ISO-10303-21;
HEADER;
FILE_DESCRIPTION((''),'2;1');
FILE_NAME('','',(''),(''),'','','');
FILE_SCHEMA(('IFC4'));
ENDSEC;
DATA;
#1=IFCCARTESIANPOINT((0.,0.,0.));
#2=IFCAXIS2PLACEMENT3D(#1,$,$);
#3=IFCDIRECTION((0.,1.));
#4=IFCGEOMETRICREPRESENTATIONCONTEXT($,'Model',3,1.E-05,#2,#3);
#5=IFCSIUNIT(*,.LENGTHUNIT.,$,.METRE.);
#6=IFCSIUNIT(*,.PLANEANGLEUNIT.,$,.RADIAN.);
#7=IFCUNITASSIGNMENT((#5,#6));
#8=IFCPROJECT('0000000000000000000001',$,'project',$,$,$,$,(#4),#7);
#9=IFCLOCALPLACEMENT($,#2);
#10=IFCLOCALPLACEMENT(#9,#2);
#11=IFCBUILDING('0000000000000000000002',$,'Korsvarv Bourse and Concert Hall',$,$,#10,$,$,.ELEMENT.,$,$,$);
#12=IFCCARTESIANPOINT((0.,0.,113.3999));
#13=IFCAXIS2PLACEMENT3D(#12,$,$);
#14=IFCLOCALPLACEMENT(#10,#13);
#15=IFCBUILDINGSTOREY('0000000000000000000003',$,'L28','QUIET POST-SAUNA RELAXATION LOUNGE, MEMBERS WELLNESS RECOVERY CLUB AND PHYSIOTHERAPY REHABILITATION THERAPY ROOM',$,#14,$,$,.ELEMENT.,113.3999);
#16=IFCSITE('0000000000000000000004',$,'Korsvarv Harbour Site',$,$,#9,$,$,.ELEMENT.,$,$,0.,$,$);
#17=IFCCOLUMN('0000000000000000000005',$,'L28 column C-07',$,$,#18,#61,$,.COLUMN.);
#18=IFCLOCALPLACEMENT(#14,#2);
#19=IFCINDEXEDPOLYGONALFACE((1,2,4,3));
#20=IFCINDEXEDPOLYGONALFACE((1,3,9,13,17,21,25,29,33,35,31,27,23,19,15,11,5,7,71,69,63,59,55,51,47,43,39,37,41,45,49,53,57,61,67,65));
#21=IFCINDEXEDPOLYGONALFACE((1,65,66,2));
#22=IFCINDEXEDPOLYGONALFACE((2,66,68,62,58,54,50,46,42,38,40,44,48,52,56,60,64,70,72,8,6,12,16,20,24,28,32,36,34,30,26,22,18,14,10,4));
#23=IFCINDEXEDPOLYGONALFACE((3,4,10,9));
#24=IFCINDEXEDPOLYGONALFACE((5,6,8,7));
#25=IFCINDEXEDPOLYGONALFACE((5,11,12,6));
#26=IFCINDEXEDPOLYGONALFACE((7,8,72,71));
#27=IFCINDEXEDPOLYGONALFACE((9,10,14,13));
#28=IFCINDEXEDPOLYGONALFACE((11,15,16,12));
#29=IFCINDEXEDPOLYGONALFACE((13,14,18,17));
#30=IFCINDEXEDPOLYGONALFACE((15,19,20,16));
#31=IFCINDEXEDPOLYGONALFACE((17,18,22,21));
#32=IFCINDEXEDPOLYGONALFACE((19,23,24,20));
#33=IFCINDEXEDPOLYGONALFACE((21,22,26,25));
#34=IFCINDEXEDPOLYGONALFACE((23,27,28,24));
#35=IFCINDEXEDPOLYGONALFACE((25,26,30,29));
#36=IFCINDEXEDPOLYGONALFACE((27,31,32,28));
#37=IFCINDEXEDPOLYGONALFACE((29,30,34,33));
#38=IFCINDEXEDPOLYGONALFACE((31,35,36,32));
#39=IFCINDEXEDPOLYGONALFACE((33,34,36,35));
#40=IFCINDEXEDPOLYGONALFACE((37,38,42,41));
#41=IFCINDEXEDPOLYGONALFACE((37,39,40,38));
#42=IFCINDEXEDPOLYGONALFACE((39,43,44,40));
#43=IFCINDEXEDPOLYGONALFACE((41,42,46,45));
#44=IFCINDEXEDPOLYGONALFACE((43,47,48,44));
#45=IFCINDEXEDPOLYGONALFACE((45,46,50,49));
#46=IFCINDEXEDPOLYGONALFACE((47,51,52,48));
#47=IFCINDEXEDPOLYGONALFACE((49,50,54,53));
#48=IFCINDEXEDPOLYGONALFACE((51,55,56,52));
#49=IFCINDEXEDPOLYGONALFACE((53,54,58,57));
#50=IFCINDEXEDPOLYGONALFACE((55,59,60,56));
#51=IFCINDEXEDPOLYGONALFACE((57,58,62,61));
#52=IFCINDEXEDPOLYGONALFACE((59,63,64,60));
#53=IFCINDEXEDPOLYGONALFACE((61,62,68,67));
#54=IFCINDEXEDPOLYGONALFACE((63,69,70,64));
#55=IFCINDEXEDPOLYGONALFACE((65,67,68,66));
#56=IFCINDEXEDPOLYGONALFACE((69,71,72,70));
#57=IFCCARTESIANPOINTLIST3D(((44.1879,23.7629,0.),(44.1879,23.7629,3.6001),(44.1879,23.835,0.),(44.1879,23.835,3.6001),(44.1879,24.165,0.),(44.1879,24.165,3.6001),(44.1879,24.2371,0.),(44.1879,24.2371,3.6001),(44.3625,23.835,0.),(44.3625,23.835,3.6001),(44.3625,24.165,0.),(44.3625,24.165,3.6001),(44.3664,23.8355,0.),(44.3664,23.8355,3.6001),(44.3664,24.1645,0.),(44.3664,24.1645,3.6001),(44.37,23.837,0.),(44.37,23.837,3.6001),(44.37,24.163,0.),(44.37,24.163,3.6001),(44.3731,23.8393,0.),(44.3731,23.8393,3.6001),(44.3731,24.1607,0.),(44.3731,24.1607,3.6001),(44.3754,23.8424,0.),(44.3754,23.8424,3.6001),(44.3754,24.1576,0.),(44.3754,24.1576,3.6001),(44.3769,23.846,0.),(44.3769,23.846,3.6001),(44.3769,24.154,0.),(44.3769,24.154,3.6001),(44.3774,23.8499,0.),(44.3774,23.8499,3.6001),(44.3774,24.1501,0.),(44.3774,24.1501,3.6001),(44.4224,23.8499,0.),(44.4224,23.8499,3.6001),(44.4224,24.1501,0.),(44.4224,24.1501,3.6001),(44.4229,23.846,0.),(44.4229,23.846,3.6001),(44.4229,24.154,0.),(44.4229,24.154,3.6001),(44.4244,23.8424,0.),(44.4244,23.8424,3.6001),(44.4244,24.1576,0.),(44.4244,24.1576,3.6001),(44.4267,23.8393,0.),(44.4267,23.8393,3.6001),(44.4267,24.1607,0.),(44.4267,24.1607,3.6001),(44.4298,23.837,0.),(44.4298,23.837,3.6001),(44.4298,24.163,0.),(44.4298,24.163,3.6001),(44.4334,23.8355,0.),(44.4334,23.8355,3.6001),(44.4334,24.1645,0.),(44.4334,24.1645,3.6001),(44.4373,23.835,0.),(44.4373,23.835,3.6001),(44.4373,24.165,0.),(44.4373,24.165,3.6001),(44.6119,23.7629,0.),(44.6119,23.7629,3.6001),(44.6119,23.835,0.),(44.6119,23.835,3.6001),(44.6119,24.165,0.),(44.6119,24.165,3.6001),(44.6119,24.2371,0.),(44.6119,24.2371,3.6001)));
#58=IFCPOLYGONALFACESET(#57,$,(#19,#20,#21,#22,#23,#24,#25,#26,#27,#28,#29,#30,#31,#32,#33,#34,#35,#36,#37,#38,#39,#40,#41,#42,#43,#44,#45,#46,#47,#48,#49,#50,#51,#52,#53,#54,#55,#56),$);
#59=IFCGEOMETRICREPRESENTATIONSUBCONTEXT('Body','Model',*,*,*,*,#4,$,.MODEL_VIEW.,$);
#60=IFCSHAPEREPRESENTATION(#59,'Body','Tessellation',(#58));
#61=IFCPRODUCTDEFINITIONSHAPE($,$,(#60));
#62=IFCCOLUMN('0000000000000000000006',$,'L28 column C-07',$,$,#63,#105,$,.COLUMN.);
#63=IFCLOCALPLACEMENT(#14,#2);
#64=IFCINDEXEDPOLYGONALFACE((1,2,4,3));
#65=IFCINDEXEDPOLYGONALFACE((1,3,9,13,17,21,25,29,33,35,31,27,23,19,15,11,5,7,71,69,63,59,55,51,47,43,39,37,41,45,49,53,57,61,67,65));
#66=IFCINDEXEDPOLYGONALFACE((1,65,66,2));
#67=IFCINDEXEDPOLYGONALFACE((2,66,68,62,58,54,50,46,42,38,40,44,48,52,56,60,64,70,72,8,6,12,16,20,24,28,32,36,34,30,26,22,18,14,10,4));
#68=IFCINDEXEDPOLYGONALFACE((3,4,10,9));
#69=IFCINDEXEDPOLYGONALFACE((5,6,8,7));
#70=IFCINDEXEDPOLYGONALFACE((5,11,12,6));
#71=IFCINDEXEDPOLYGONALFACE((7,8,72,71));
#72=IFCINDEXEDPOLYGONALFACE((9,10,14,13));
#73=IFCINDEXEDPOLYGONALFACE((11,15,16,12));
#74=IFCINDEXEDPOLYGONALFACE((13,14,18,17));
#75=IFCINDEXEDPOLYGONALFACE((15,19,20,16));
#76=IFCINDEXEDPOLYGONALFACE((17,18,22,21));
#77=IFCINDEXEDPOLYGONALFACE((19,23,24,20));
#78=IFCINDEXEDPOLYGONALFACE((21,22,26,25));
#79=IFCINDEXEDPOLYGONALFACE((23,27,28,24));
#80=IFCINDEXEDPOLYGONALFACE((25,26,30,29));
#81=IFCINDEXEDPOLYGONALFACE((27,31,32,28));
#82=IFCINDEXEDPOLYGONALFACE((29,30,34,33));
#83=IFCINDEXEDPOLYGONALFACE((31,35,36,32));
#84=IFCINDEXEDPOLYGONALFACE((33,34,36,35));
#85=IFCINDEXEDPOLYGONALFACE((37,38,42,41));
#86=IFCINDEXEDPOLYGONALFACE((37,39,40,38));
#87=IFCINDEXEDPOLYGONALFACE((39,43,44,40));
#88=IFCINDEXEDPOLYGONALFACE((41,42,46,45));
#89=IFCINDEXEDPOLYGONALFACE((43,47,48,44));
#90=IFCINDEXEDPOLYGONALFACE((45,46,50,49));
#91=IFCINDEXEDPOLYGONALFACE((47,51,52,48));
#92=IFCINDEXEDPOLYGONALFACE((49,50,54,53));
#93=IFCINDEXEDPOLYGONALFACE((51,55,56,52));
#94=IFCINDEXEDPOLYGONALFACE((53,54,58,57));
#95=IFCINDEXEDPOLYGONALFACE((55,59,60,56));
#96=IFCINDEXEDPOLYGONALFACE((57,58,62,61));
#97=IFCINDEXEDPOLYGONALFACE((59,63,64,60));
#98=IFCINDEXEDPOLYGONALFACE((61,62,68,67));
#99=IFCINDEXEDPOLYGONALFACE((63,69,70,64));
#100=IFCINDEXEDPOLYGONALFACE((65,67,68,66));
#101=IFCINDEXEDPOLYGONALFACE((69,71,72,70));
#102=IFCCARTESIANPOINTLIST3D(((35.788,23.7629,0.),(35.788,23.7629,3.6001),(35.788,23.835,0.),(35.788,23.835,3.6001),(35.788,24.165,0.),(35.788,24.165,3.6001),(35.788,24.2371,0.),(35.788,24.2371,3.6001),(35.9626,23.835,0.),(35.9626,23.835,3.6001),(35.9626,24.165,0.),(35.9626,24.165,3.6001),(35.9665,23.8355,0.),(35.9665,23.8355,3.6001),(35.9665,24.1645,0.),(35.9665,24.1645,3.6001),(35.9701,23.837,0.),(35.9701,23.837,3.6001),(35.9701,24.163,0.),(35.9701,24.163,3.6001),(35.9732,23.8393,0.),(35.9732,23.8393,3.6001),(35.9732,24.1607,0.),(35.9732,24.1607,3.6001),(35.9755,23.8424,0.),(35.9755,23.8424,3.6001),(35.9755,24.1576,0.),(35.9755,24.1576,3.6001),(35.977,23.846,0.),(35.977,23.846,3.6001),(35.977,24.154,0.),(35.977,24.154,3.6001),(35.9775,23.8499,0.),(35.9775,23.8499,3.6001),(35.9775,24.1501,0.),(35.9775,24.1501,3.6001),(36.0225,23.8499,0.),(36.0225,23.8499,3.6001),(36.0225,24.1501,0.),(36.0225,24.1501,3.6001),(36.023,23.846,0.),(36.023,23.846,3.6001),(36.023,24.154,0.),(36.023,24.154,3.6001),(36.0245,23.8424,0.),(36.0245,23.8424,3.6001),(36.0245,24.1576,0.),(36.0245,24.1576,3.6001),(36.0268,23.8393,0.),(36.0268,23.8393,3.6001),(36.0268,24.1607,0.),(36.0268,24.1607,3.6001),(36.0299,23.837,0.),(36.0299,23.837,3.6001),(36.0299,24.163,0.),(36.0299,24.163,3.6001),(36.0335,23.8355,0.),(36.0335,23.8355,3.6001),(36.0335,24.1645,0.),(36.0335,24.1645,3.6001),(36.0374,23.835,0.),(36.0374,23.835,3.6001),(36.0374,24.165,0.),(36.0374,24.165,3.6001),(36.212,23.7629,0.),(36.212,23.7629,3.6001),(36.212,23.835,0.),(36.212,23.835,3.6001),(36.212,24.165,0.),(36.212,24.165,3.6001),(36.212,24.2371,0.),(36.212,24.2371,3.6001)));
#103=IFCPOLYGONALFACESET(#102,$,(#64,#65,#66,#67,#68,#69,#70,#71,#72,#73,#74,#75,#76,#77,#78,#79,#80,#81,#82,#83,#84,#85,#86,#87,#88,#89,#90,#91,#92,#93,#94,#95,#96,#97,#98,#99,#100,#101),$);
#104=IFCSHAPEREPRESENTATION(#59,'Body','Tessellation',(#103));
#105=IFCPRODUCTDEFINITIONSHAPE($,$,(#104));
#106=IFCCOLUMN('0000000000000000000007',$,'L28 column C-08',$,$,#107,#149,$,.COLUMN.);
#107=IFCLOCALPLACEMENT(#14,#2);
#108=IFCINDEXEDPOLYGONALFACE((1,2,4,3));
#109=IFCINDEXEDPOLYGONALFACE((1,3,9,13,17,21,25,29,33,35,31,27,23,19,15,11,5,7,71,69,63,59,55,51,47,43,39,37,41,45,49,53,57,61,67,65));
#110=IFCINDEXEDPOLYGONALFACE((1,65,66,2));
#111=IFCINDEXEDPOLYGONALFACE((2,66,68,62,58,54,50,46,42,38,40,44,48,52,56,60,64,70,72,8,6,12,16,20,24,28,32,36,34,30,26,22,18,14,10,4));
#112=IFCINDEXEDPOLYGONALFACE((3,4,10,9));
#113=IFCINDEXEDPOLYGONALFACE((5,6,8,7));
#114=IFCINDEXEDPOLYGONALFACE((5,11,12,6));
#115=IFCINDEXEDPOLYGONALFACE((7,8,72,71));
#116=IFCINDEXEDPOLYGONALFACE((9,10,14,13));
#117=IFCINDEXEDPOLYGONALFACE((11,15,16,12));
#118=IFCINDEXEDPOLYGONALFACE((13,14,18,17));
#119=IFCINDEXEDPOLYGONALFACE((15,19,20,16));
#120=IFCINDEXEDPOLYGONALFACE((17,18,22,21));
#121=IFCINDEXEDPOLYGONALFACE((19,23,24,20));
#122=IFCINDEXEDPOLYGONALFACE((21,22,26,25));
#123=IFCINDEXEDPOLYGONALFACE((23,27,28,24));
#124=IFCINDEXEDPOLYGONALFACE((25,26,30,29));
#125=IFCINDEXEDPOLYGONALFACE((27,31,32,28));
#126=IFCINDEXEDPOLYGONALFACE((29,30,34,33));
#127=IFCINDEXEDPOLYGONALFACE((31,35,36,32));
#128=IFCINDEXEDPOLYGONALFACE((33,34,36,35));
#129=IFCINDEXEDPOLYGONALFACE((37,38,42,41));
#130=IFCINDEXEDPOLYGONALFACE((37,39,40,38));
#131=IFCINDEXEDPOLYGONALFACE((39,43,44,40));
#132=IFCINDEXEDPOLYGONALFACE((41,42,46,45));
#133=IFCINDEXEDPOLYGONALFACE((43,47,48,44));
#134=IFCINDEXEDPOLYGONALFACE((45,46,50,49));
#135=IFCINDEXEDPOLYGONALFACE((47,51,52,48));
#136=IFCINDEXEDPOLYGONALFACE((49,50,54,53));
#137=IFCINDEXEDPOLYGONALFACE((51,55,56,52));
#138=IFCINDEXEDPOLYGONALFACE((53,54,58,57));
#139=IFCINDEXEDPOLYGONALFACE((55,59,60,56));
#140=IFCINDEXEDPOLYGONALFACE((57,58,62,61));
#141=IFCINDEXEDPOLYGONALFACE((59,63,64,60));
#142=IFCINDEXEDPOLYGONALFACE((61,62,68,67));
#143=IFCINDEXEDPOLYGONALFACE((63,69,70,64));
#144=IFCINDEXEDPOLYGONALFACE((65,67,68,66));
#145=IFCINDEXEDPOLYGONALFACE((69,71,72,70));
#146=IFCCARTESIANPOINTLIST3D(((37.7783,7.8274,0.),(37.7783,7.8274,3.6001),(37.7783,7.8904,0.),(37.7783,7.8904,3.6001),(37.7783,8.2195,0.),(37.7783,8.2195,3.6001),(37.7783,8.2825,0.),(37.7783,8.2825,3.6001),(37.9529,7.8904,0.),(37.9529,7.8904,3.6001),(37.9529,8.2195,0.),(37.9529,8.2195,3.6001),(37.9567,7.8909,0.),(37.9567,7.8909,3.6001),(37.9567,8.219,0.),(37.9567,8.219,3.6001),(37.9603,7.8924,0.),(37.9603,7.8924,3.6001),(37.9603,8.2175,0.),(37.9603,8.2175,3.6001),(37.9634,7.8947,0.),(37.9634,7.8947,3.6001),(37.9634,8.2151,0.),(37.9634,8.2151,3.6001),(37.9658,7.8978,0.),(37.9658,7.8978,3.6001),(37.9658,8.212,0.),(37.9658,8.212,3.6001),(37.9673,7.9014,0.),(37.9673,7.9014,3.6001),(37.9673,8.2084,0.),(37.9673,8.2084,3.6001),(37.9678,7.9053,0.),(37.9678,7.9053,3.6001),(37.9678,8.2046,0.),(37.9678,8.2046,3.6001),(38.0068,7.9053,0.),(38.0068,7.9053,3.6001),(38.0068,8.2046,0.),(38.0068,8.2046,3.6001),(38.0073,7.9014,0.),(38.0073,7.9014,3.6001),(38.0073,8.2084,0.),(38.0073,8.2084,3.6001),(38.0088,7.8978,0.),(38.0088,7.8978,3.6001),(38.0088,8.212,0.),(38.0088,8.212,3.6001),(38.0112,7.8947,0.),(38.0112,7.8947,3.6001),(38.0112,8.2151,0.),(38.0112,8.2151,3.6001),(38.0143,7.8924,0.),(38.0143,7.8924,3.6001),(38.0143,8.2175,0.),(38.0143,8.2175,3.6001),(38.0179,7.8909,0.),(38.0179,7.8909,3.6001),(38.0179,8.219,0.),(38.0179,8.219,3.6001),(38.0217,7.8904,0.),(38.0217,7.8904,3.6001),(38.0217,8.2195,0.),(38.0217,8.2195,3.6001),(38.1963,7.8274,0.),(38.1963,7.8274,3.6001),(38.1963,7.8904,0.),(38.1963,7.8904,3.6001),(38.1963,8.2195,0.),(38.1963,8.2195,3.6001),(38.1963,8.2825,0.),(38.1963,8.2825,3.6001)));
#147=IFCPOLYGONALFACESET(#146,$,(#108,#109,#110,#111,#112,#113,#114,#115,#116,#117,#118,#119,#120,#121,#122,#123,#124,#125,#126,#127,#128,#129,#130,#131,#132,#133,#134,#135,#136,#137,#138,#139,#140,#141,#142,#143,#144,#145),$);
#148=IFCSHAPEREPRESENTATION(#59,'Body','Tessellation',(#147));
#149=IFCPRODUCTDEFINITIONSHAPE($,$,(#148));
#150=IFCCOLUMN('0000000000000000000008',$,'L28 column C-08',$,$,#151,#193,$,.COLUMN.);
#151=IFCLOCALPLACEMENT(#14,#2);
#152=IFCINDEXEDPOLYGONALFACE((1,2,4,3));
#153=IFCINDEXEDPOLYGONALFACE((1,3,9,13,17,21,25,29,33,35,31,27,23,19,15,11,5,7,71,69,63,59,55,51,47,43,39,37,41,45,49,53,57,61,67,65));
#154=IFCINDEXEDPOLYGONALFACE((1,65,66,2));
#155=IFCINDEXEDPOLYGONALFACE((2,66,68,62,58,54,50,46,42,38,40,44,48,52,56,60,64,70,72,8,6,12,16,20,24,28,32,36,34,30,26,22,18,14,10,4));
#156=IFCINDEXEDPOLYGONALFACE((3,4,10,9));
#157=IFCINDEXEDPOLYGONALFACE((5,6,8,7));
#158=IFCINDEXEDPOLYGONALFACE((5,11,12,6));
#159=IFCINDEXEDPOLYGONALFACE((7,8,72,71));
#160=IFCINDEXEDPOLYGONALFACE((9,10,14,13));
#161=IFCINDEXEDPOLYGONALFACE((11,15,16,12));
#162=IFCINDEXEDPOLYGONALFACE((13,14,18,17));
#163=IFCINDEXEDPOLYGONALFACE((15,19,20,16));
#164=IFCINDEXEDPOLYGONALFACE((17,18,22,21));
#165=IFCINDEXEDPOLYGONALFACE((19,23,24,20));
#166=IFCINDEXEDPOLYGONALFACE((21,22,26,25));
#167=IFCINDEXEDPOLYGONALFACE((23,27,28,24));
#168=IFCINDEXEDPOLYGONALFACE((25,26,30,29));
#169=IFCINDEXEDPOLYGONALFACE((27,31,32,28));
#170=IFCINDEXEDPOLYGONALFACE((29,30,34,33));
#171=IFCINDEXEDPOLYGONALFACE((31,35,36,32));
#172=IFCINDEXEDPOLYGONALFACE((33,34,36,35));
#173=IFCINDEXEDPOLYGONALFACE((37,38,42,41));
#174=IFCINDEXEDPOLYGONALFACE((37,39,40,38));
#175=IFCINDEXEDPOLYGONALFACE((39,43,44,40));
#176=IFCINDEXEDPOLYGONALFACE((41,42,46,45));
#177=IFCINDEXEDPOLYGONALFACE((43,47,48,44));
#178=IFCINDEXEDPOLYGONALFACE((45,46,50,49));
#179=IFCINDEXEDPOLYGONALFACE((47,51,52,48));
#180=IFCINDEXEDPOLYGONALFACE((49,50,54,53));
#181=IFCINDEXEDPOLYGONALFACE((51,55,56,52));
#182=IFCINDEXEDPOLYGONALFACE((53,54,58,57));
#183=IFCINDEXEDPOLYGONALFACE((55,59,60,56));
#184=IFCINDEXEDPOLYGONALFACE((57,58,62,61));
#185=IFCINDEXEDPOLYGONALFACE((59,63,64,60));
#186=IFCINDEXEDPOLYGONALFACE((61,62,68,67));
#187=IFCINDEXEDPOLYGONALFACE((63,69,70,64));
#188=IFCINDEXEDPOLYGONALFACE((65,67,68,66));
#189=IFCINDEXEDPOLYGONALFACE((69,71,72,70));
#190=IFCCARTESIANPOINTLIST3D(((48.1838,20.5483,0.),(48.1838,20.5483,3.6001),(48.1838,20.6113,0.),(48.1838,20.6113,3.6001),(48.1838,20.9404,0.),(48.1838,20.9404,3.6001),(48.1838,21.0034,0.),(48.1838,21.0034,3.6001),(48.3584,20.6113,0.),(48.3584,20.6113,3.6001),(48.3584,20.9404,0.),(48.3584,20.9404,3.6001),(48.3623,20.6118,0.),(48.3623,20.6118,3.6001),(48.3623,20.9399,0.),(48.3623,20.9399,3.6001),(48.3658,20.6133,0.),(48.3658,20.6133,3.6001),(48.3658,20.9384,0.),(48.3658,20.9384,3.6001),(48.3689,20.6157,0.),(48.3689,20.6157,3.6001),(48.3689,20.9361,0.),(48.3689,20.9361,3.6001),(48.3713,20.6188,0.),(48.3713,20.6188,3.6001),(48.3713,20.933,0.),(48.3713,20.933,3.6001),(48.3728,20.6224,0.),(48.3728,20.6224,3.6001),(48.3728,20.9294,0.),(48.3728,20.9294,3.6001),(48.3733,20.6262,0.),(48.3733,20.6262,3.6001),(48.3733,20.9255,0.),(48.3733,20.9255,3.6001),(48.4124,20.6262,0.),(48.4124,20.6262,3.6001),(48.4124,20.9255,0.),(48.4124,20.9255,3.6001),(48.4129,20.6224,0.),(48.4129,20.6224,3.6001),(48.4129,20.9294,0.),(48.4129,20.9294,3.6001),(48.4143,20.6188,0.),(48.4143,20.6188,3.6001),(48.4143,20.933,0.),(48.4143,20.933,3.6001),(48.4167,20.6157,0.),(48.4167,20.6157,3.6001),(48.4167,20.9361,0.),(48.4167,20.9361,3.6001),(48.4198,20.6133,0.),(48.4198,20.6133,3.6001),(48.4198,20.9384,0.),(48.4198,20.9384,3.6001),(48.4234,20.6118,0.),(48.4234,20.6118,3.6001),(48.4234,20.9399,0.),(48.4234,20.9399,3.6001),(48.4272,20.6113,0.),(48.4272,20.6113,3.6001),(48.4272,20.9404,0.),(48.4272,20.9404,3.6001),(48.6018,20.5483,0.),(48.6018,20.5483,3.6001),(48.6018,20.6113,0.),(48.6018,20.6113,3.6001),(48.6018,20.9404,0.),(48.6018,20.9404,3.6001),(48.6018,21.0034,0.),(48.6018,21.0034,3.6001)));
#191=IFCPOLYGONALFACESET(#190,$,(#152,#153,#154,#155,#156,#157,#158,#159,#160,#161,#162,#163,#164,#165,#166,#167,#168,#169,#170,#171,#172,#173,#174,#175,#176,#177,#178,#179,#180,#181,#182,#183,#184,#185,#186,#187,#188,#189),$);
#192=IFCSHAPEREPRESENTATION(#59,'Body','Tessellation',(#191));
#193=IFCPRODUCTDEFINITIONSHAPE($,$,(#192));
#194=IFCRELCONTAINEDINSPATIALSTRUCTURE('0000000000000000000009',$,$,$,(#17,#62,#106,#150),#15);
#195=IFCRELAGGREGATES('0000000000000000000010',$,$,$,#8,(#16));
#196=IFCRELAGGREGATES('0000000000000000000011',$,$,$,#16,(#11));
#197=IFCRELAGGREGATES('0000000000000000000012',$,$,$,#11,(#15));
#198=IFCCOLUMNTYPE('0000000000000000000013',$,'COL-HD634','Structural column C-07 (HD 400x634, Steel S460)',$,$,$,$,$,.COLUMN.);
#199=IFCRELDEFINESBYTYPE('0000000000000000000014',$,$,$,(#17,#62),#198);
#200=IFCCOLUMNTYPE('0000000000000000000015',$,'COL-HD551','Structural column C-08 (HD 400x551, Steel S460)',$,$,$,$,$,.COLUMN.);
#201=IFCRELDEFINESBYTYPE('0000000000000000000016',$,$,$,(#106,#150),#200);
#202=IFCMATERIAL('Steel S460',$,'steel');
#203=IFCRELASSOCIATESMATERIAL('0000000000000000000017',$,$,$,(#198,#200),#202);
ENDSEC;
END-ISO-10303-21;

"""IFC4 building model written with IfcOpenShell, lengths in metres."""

from ifc_helpers import new_model, si_unit, direction, frame, origin, origin_2d, place, context, subcontext, project, spatial, i_section, extrude, source, transform, mapped, material, material_profile, profile_set, type_object, element, save


model = new_model("IFC4")

# Units and contexts
model_context = context("Model", 3, precision=1e-05, world=origin(), true_north=direction((0.0, 1.0)))
body_context = subcontext(model_context, "Body", "Model", "MODEL_VIEW")
ifc_project = project(units=[si_unit("LENGTHUNIT", "METRE"), si_unit("PLANEANGLEUNIT", "RADIAN")], contexts=[model_context])

# Site, building, storey
site_placement = place(None, origin())
site = spatial("IfcSite", under=ifc_project, at=site_placement, Name="Korsvarv Harbour Site", CompositionType="ELEMENT", RefElevation=0.0)
building_placement = place(site_placement, origin())
building = spatial("IfcBuilding", under=site, at=building_placement, Name="Korsvarv Bourse and Concert Hall", CompositionType="ELEMENT")
storey_placement = place(building_placement, frame((0.0, 0.0, 113.3999)))
storey = spatial("IfcBuildingStorey", under=building, at=storey_placement, Name="L28", Description="QUIET POST-SAUNA RELAXATION LOUNGE, MEMBERS WELLNESS RECOVERY CLUB AND PHYSIOTHERAPY REHABILITATION THERAPY ROOM", CompositionType="ELEMENT", Elevation=113.3999)

# Columns
ifc_material_1 = material(Name="Steel S460", Category="steel")
ifc_material_profile_1 = material_profile(ifc_material_1, i_section(OverallWidth=0.4241, OverallDepth=0.4741, WebThickness=0.0449, FlangeThickness=0.072, FilletRadius=0.0149, at=origin_2d()), Name="HD 400x634")
ifc_profile_set_1 = profile_set([ifc_material_profile_1], Name="Steel S460")
column_type_1 = type_object("IfcColumnType", Name="COL-HD634", Description="Structural column C-07 (HD 400x634, Steel S460)", PredefinedType="COLUMN", material=ifc_profile_set_1)
shared_shape_1 = source(origin(), body_context, "Body", "SweptSolid", [
    extrude(i_section(OverallWidth=0.4241, OverallDepth=0.4741, WebThickness=0.0449, FlangeThickness=0.072, FilletRadius=0.0149, at=origin_2d()), origin(), (0.0, 0.0, 1.0), 3.6001),
])
for number, where, z_axis, x_axis, name in (
    (1, (44.3999, 24.0, 0.0), (0.0, 0.0, 1.0), (1.0, 0.0, 0.0), "L28 column C-07"),
    (2, (36.0, 24.0, 0.0), (0.0, 0.0, 1.0), (1.0, 0.0, 0.0), "L28 column C-07"),
):
    element("IfcColumn", number, at=place(storey_placement, frame(where, z_axis=z_axis, x_axis=x_axis)), inside=storey, type_object=column_type_1, Name=name, PredefinedType="COLUMN", context=body_context, shape_type="MappedRepresentation", body=[
        mapped(shared_shape_1, transform((0.0, 0.0, 0.0), scale=1.0)),
    ])
ifc_material_profile_2 = material_profile(ifc_material_1, i_section(OverallWidth=0.418, OverallDepth=0.4551, WebThickness=0.0391, FlangeThickness=0.063, FilletRadius=0.0149, at=origin_2d()), Name="HD 400x551")
ifc_profile_set_2 = profile_set([ifc_material_profile_2], Name="Steel S460")
column_type_2 = type_object("IfcColumnType", Name="COL-HD551", Description="Structural column C-08 (HD 400x551, Steel S460)", PredefinedType="COLUMN", material=ifc_profile_set_2)
shared_shape_2 = source(origin(), body_context, "Body", "SweptSolid", [
    extrude(i_section(OverallWidth=0.418, OverallDepth=0.4551, WebThickness=0.0391, FlangeThickness=0.063, FilletRadius=0.0149, at=origin_2d()), origin(), (0.0, 0.0, 1.0), 3.6001),
])
for number, where, z_axis, x_axis, name in (
    (3, (37.9873, 8.0549, 0.0), (0.0, 0.0, 1.0), (1.0, 0.0, 0.0), "L28 column C-08"),
    (4, (48.3928, 20.7759, 0.0), (0.0, 0.0, 1.0), (1.0, 0.0, 0.0), "L28 column C-08"),
):
    element("IfcColumn", number, at=place(storey_placement, frame(where, z_axis=z_axis, x_axis=x_axis)), inside=storey, type_object=column_type_2, Name=name, PredefinedType="COLUMN", context=body_context, shape_type="MappedRepresentation", body=[
        mapped(shared_shape_2, transform((0.0, 0.0, 0.0), scale=1.0)),
    ])

save(model, "model.ifc")
